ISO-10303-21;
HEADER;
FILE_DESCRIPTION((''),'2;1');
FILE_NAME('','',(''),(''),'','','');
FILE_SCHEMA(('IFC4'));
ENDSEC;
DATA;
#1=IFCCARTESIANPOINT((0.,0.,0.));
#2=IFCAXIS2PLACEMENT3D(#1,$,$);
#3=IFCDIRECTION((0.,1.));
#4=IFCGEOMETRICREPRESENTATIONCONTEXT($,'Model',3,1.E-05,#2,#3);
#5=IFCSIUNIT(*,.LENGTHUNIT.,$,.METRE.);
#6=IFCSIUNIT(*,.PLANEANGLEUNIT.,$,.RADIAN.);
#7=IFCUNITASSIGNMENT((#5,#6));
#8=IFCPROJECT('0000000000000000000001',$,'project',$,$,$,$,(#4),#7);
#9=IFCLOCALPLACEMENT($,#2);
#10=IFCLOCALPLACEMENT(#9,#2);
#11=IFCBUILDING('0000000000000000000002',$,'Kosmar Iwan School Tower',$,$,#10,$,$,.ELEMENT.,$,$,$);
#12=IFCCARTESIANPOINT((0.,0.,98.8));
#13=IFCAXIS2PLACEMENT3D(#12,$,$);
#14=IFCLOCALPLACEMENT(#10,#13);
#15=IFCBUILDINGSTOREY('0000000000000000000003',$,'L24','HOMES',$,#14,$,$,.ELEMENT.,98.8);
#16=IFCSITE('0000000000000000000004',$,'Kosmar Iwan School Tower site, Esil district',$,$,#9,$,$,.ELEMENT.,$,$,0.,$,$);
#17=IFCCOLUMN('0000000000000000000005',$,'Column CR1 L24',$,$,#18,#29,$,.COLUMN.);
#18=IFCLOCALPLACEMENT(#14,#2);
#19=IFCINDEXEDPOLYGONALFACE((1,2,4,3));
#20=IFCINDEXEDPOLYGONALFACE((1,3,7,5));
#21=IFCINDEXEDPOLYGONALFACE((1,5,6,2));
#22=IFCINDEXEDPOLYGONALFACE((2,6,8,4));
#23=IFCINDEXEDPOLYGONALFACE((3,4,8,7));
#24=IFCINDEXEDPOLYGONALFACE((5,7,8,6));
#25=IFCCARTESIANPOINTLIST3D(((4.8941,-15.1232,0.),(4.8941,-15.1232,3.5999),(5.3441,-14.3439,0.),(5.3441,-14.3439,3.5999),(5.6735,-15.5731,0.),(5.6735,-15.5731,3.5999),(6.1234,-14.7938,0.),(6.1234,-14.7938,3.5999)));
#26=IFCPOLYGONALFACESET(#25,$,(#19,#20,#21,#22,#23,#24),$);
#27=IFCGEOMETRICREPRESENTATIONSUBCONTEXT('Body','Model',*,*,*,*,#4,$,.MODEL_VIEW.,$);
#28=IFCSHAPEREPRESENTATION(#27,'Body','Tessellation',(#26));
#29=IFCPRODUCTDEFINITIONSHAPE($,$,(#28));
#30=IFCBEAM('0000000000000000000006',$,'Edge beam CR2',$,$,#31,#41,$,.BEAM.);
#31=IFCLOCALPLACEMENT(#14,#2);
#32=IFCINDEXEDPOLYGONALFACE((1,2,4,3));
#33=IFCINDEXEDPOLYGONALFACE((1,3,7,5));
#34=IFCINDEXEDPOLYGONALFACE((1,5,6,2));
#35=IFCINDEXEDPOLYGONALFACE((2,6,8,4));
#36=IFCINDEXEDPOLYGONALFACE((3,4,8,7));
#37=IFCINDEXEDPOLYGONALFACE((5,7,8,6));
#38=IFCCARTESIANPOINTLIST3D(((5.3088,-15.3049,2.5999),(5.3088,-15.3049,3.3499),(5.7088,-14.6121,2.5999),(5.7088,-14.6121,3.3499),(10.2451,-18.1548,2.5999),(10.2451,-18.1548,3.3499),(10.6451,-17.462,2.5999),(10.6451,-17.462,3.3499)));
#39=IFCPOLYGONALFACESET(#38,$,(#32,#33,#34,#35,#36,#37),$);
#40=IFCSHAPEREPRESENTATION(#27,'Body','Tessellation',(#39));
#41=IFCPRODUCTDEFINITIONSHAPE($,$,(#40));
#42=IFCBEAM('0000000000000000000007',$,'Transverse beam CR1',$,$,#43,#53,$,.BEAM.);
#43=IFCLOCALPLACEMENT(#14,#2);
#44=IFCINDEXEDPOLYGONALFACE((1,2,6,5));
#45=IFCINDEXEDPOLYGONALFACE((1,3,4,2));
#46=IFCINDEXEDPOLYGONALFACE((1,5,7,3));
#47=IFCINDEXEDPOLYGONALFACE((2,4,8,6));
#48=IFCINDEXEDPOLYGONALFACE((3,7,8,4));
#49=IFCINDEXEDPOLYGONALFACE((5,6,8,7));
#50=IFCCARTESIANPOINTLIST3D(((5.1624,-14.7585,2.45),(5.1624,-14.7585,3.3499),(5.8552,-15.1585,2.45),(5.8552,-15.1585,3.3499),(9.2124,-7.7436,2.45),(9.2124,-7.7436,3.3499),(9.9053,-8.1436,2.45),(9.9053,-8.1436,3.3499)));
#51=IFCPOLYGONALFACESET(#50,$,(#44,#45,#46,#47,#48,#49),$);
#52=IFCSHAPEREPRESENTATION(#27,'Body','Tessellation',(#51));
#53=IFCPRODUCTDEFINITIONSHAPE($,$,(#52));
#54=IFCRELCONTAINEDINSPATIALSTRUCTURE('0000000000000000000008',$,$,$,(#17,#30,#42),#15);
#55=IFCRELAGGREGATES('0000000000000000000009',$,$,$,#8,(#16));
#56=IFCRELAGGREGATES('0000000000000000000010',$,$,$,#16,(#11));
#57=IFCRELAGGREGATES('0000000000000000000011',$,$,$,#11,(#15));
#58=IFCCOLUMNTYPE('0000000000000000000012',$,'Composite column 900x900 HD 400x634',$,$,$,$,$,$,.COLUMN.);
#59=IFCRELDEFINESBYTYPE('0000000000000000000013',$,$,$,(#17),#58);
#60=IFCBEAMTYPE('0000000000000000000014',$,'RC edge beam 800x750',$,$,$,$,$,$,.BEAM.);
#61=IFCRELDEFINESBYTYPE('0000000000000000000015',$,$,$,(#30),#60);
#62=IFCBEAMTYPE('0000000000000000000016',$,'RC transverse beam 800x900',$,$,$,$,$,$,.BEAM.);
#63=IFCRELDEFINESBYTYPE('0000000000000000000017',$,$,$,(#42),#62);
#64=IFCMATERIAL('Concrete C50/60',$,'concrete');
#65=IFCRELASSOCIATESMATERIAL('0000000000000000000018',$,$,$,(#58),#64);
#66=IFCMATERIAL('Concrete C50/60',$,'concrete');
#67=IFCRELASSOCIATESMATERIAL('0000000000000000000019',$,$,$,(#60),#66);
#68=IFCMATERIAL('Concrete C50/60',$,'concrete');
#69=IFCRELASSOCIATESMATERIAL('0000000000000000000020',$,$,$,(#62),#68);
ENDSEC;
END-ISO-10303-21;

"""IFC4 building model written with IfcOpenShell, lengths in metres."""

from ifc_helpers import new_model, si_unit, direction, frame, origin, origin_2d, place, context, subcontext, project, spatial, rectangle, extrude, material, material_profile, profile_set, type_object, element, save


model = new_model("IFC4")

# Units and contexts
model_context = context("Model", 3, precision=1e-05, world=origin(), true_north=direction((0.0, 1.0)))
body_context = subcontext(model_context, "Body", "Model", "MODEL_VIEW")
ifc_project = project(units=[si_unit("LENGTHUNIT", "METRE"), si_unit("PLANEANGLEUNIT", "RADIAN")], contexts=[model_context])

# Site, building, storey
site_placement = place(None, origin())
site = spatial("IfcSite", under=ifc_project, at=site_placement, Name="Kosmar Iwan School Tower site, Esil district", CompositionType="ELEMENT", RefElevation=0.0)
building_placement = place(site_placement, origin())
building = spatial("IfcBuilding", under=site, at=building_placement, Name="Kosmar Iwan School Tower", CompositionType="ELEMENT")
storey_placement = place(building_placement, frame((0.0, 0.0, 98.8)))
storey = spatial("IfcBuildingStorey", under=building, at=storey_placement, Name="L24", Description="HOMES", CompositionType="ELEMENT", Elevation=98.8)

# Column
ifc_material_1 = material(Name="Concrete C50/60", Category="concrete")
ifc_material_profile_1 = material_profile(ifc_material_1, rectangle(XDim=0.8999, YDim=0.8999, at=origin_2d()), Name="RC 900x900 + HD 400x634")
ifc_profile_set_1 = profile_set([ifc_material_profile_1], Name="Concrete C50/60")
column_type = type_object("IfcColumnType", Name="Composite column 900x900 HD 400x634", PredefinedType="COLUMN", material=ifc_profile_set_1)
column_placement = place(storey_placement, frame((5.5088, -14.9585, 0.0), z_axis=(0.0, 0.0, 1.0), x_axis=(0.866025, -0.5, 0.0)))
element("IfcColumn", 1, at=column_placement, inside=storey, type_object=column_type, Name="Column CR1 L24", PredefinedType="COLUMN", context=body_context, shape_type="SweptSolid", body=[
    extrude(rectangle(XDim=0.8999, YDim=0.8999, at=origin_2d()), origin(), (0.0, 0.0, 1.0), 3.5999),
])

# Beams
ifc_material_2 = material(Name="Concrete C50/60", Category="concrete")
ifc_material_profile_2 = material_profile(ifc_material_2, rectangle(XDim=0.8, YDim=0.75, at=origin_2d()), Name="RC 800x750")
ifc_profile_set_2 = profile_set([ifc_material_profile_2], Name="Concrete C50/60")
beam_type_1 = type_object("IfcBeamType", Name="RC edge beam 800x750", PredefinedType="BEAM", material=ifc_profile_set_2)
beam_1_placement = place(storey_placement, frame((5.5088, -14.9585, 2.9749), z_axis=(0.866034, -0.499986, 0.0), x_axis=(0.499986, 0.866034, 0.0)))
element("IfcBeam", 2, at=beam_1_placement, inside=storey, type_object=beam_type_1, Name="Edge beam CR2", PredefinedType="BEAM", context=body_context, shape_type="SweptSolid", body=[
    extrude(rectangle(XDim=0.8, YDim=0.75, at=origin_2d()), origin(), (0.0, 0.0, 1.0), 5.7),
])
ifc_material_3 = material(Name="Concrete C50/60", Category="concrete")
ifc_material_profile_3 = material_profile(ifc_material_3, rectangle(XDim=0.8, YDim=0.8999, at=origin_2d()), Name="RC 800x900")
ifc_profile_set_3 = profile_set([ifc_material_profile_3], Name="Concrete C50/60")
beam_type_2 = type_object("IfcBeamType", Name="RC transverse beam 800x900", PredefinedType="BEAM", material=ifc_profile_set_3)
beam_2_placement = place(storey_placement, frame((5.5088, -14.9585, 2.8999), z_axis=(0.5, 0.866025, 0.0), x_axis=(-0.866025, 0.5, 0.0)))
element("IfcBeam", 3, at=beam_2_placement, inside=storey, type_object=beam_type_2, Name="Transverse beam CR1", PredefinedType="BEAM", context=body_context, shape_type="SweptSolid", body=[
    extrude(rectangle(XDim=0.8, YDim=0.8999, at=origin_2d()), origin(), (0.0, 0.0, 1.0), 8.1001),
])

save(model, "model.ifc")
